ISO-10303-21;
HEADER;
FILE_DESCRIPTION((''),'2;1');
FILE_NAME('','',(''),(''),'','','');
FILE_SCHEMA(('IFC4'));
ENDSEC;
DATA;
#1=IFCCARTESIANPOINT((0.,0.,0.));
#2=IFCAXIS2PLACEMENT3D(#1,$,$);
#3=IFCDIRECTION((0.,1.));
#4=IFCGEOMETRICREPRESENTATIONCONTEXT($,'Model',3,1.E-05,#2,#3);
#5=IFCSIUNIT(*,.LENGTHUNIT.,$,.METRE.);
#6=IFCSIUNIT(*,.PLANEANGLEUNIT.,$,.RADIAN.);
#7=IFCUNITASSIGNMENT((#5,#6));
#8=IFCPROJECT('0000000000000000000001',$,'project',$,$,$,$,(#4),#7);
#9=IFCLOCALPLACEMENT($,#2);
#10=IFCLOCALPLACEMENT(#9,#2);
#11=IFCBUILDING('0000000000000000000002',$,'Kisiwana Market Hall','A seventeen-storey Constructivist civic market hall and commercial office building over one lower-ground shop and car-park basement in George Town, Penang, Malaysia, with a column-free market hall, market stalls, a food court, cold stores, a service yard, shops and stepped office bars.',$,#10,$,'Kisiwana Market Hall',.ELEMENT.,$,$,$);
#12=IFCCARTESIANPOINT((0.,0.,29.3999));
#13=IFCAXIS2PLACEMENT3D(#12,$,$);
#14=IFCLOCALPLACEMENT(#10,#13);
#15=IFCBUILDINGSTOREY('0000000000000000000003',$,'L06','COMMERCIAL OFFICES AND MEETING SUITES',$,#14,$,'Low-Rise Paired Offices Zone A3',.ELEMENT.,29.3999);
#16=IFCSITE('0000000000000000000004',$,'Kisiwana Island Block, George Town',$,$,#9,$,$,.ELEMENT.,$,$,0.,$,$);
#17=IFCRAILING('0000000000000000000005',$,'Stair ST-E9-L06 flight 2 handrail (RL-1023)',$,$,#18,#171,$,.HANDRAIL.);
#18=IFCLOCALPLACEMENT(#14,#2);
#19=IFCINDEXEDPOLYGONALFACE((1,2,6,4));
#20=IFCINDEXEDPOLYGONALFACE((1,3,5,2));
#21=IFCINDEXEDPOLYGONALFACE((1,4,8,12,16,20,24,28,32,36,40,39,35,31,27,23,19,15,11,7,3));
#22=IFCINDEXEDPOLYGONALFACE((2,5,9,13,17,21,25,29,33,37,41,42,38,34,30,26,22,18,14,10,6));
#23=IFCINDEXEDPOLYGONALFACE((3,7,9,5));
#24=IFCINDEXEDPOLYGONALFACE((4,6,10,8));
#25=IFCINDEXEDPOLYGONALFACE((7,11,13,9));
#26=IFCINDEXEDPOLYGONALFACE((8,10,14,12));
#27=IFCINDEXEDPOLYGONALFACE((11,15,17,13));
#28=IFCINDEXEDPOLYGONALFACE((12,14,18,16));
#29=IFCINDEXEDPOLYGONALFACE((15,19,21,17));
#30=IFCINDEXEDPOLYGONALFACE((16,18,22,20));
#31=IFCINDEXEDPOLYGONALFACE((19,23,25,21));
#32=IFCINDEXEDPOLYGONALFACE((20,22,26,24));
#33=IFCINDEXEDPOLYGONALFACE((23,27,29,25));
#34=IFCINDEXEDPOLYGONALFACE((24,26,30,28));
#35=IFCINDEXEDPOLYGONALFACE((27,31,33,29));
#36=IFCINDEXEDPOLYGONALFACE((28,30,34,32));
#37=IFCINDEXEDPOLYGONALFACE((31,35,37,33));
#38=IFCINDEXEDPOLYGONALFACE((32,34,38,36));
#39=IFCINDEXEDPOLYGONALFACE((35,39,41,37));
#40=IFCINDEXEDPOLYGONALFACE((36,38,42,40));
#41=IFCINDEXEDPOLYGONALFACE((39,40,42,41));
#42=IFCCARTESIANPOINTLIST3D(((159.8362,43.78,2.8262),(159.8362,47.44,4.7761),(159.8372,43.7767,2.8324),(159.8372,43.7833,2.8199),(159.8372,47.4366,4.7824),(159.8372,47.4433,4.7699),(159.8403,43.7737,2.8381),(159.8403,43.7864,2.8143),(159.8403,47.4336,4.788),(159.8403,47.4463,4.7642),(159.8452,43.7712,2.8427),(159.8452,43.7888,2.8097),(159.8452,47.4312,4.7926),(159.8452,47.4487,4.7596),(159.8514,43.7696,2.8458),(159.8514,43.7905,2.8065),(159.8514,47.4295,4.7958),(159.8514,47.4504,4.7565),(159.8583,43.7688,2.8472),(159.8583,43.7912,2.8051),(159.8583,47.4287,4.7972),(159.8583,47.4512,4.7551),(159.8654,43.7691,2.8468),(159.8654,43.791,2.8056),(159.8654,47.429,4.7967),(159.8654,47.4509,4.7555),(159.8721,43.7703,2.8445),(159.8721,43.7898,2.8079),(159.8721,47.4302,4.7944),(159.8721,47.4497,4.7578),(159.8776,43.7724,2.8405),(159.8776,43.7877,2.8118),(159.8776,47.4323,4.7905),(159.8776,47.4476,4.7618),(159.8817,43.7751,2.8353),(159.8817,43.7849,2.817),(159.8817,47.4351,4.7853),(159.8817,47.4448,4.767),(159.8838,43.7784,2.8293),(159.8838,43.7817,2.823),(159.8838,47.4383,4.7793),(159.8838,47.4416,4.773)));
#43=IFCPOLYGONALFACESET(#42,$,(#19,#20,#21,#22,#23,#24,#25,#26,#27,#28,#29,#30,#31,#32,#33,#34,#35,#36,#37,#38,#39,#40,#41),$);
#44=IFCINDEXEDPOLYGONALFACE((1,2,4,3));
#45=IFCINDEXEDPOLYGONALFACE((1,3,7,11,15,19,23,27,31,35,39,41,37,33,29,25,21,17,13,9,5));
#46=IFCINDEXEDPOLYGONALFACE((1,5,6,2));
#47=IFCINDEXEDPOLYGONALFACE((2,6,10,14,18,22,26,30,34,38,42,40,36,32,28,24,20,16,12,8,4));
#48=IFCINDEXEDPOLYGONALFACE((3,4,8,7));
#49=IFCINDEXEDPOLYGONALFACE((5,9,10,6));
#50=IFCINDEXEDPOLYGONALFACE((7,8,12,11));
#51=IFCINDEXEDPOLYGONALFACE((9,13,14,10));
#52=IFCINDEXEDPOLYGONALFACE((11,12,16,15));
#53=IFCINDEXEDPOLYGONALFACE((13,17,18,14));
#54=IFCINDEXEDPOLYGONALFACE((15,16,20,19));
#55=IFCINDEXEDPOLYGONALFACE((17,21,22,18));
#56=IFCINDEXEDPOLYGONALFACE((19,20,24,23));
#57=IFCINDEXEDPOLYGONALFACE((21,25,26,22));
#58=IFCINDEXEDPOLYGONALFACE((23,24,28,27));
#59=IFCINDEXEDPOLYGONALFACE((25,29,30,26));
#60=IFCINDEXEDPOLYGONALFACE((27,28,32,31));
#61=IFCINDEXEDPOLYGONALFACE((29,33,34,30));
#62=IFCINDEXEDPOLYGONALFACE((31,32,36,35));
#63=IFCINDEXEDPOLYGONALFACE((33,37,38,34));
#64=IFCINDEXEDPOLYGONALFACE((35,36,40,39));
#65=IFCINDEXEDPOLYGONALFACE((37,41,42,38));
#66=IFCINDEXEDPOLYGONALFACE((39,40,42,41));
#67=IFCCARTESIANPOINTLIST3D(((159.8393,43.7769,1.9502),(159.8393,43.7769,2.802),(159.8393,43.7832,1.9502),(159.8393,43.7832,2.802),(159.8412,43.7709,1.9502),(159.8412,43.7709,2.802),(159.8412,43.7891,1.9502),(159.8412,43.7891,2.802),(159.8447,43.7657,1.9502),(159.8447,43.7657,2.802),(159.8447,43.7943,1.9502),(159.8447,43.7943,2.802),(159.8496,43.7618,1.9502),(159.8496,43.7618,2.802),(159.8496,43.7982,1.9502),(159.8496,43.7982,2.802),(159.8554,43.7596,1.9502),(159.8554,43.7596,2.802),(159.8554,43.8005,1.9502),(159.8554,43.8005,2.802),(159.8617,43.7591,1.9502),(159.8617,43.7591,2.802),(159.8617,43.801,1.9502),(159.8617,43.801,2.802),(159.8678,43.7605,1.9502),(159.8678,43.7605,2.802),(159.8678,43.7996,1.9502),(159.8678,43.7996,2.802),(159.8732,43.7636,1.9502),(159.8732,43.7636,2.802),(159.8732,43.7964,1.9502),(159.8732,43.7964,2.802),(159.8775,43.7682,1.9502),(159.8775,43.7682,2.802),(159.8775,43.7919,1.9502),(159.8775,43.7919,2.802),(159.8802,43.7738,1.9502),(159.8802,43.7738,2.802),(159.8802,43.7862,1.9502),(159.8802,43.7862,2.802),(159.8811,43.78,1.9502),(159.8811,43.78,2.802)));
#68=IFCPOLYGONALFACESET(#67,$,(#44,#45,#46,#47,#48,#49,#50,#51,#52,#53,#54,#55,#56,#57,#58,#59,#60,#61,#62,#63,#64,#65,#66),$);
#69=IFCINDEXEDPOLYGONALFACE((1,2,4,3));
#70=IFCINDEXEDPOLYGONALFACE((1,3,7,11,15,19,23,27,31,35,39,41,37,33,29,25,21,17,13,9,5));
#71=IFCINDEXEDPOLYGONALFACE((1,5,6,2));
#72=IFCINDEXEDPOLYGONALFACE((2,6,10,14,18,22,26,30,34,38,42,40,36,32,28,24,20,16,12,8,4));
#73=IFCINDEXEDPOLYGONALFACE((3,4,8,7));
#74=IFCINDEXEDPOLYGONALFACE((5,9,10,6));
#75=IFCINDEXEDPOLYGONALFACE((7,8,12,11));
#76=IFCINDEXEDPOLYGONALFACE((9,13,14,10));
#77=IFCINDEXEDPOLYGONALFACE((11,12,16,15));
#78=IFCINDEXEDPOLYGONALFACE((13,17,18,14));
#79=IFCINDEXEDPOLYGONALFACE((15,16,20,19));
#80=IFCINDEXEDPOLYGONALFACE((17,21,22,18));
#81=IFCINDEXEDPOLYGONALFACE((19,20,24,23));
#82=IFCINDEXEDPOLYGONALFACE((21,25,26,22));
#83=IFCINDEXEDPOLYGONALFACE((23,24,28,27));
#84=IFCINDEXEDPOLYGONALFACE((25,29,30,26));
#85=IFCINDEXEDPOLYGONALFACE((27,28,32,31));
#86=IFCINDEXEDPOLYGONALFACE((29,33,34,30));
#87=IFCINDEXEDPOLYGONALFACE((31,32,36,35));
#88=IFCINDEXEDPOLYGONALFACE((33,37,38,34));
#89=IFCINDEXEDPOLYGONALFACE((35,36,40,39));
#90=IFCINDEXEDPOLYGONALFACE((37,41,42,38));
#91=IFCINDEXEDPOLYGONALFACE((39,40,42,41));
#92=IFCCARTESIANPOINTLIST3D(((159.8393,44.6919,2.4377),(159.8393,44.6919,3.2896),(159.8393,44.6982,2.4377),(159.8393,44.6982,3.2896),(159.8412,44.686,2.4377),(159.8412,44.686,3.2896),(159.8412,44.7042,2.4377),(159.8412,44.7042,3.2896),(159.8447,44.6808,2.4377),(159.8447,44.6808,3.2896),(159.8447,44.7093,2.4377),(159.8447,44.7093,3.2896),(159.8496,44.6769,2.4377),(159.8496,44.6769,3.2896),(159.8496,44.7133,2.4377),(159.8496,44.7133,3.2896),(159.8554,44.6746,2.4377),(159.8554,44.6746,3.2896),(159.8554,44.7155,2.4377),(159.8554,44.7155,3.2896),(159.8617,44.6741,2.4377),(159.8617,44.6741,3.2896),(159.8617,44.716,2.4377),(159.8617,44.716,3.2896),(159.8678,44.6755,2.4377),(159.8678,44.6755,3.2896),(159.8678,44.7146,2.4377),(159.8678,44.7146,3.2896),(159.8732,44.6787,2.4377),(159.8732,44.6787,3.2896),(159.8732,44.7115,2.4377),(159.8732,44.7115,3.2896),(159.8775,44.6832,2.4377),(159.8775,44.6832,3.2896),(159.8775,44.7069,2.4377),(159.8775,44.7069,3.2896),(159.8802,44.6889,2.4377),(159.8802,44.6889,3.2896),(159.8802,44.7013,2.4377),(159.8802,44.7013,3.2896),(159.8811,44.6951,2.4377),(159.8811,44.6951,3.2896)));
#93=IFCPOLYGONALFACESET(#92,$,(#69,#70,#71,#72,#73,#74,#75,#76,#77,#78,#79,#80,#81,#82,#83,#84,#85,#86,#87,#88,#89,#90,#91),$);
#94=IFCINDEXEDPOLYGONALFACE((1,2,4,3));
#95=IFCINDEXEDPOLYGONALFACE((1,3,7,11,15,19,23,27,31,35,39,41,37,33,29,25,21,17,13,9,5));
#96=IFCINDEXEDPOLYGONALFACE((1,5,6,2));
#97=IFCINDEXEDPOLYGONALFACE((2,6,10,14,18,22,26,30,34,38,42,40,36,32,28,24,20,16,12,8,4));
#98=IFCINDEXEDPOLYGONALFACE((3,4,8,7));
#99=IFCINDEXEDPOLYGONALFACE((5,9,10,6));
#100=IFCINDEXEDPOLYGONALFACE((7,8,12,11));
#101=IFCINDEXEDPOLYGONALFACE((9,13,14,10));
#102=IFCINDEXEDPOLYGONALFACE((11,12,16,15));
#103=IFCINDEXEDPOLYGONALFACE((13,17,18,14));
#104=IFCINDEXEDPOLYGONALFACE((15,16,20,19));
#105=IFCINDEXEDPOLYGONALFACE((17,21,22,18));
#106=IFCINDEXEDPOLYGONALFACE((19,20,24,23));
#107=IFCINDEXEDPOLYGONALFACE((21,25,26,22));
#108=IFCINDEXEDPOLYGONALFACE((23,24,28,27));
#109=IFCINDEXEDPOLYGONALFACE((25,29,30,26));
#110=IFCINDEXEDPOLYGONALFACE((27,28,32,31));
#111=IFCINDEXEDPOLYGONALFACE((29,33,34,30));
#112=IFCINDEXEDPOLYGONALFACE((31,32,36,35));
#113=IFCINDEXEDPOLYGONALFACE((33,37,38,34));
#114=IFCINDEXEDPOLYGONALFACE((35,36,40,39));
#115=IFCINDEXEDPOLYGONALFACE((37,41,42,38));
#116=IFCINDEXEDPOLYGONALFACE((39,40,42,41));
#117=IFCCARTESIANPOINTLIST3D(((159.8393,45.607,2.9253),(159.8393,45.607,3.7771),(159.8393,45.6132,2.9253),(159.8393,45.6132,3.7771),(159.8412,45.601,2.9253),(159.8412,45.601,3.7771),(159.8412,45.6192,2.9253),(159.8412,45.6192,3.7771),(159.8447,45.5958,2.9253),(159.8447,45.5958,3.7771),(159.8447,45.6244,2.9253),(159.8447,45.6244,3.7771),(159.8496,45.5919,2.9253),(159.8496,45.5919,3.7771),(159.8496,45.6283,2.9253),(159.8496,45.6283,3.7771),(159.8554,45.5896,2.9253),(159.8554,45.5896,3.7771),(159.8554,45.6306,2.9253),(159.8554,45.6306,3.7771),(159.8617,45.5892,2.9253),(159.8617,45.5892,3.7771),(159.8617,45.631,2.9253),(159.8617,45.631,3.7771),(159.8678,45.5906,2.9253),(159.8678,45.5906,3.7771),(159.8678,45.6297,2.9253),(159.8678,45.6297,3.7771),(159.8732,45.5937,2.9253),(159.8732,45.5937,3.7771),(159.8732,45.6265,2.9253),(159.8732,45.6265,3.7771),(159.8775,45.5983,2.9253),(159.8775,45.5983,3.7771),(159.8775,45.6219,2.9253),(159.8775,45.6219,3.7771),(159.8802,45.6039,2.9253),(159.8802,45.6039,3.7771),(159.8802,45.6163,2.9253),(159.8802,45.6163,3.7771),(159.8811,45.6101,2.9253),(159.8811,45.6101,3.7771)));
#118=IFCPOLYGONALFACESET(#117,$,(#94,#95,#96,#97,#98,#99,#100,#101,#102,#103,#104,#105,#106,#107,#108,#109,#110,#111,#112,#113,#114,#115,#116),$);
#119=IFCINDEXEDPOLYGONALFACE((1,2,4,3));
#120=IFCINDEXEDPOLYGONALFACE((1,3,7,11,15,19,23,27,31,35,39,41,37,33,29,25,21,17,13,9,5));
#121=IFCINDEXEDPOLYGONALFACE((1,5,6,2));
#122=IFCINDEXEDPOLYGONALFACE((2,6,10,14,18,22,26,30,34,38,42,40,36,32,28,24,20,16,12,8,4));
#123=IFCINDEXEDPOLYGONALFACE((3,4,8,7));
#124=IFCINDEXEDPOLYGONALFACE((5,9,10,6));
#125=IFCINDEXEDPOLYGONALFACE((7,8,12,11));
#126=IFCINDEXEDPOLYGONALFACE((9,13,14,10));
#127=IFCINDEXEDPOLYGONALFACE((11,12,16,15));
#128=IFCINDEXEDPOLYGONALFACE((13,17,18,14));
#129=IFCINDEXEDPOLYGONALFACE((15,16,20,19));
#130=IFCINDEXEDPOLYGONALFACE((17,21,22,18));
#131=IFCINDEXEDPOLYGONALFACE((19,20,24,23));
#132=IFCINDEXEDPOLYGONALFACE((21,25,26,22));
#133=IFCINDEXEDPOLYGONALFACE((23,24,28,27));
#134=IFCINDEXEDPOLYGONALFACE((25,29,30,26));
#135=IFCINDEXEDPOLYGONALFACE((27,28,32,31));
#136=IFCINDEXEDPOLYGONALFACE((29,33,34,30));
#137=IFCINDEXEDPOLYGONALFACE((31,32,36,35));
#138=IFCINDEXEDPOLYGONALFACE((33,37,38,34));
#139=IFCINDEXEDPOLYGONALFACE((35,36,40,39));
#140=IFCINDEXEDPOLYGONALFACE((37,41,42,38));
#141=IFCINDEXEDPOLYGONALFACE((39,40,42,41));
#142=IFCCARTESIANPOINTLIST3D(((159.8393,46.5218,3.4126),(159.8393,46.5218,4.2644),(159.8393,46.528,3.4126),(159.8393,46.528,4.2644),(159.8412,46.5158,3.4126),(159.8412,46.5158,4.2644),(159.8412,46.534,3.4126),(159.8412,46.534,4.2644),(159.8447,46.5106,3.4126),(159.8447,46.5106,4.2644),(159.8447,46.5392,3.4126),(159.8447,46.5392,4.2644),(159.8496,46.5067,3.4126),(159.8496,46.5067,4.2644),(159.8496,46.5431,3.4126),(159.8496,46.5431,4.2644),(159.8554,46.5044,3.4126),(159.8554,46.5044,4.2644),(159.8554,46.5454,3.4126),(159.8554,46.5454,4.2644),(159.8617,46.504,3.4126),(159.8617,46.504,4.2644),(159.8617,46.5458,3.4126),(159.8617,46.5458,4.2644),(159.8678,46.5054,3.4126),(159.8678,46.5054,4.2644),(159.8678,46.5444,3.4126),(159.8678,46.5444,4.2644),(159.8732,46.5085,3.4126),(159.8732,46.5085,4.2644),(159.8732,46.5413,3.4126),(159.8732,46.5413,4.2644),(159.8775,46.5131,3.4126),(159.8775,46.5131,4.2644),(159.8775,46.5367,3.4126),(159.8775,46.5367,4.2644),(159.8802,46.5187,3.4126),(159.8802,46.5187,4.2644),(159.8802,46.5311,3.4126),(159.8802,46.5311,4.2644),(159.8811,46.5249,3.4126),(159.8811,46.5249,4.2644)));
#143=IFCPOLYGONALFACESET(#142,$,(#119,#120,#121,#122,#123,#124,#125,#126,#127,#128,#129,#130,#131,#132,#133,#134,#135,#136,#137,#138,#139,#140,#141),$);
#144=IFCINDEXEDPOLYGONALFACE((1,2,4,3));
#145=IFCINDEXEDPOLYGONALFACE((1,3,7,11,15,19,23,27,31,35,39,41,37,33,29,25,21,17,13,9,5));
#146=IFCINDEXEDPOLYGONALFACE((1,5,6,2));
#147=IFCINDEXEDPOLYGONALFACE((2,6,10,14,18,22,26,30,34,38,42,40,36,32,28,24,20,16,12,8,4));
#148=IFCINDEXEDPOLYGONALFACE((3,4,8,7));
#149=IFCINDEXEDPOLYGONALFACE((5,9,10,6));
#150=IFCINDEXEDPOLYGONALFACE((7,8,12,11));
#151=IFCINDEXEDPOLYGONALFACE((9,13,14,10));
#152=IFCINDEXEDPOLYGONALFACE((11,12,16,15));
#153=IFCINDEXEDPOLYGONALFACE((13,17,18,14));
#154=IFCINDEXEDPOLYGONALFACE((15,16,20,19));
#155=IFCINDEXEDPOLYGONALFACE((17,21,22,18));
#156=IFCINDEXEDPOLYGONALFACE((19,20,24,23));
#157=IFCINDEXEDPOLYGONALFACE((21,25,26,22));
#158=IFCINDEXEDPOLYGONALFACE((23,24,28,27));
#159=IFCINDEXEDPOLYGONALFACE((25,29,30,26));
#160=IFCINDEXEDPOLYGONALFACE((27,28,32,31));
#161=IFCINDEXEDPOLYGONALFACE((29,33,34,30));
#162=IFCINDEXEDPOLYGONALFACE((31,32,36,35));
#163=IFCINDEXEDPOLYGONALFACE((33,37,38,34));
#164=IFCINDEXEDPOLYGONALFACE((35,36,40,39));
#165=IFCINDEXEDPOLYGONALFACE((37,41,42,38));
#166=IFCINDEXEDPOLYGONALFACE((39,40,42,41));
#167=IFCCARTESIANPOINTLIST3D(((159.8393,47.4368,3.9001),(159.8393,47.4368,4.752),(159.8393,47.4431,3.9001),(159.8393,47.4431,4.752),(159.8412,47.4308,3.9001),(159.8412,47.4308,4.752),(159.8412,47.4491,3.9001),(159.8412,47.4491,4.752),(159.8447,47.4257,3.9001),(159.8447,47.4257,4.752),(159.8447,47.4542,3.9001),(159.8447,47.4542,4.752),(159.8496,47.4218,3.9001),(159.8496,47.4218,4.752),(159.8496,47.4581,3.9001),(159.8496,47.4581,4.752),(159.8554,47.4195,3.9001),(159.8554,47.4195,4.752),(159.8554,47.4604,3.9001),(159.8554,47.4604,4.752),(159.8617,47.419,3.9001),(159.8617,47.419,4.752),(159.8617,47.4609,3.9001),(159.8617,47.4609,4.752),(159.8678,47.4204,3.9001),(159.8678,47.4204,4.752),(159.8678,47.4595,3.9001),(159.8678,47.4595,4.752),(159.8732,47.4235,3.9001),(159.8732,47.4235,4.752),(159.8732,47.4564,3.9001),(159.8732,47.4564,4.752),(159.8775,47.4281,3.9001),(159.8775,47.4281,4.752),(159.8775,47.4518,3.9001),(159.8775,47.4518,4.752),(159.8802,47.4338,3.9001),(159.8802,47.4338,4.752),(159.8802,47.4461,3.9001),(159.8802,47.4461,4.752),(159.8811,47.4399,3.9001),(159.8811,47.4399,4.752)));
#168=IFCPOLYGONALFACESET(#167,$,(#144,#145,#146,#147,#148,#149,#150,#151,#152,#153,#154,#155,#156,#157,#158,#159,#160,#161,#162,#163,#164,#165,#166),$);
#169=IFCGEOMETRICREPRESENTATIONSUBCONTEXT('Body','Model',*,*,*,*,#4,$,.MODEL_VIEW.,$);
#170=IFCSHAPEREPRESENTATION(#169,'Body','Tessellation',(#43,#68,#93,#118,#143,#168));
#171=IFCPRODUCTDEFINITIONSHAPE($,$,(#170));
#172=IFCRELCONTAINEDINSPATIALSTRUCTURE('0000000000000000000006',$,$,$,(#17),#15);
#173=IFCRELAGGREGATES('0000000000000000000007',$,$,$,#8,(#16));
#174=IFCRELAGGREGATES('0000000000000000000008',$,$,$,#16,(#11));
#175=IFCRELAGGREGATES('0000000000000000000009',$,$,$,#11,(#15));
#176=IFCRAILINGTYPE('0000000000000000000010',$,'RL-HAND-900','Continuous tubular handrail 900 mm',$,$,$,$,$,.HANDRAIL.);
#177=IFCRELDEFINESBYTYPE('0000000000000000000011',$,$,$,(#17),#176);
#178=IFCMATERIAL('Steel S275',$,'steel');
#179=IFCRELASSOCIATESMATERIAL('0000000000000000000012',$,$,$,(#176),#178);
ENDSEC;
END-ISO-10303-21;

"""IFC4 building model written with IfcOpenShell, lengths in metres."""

from ifc_helpers import new_model, si_unit, direction, frame, origin, origin_2d, place, context, subcontext, project, spatial, circle, extrude, material, type_object, element, save


model = new_model("IFC4")

# Units and contexts
model_context = context("Model", 3, precision=1e-05, world=origin(), true_north=direction((0.0, 1.0)))
body_context = subcontext(model_context, "Body", "Model", "MODEL_VIEW")
ifc_project = project(units=[si_unit("LENGTHUNIT", "METRE"), si_unit("PLANEANGLEUNIT", "RADIAN")], contexts=[model_context])

# Site, building, storey
site_placement = place(None, origin())
site = spatial("IfcSite", under=ifc_project, at=site_placement, Name="Kisiwana Island Block, George Town", CompositionType="ELEMENT", RefElevation=0.0)
building_placement = place(site_placement, origin())
building = spatial("IfcBuilding", under=site, at=building_placement, Name="Kisiwana Market Hall", Description="A seventeen-storey Constructivist civic market hall and commercial office building over one lower-ground shop and car-park basement in George Town, Penang, Malaysia, with a column-free market hall, market stalls, a food court, cold stores, a service yard, shops and stepped office bars.", LongName="Kisiwana Market Hall", CompositionType="ELEMENT")
storey_placement = place(building_placement, frame((0.0, 0.0, 29.3999)))
storey = spatial("IfcBuildingStorey", under=building, at=storey_placement, Name="L06", Description="COMMERCIAL OFFICES AND MEETING SUITES", LongName="Low-Rise Paired Offices Zone A3", CompositionType="ELEMENT", Elevation=29.3999)

# Railing
ifc_material_1 = material(Name="Steel S275", Category="steel")
railing_type_1 = type_object("IfcRailingType", Name="RL-HAND-900", Description="Continuous tubular handrail 900 mm", PredefinedType="HANDRAIL", material=ifc_material_1)
railing_1_placement = place(storey_placement, frame((159.8601, 43.78, 1.9502)))
element("IfcRailing", 1, at=railing_1_placement, inside=storey, type_object=railing_type_1, Name="Stair ST-E9-L06 flight 2 handrail (RL-1023)", PredefinedType="HANDRAIL", context=body_context, shape_type="SweptSolid", body=[
    extrude(circle(Radius=0.0239, at=origin_2d()), frame((0.0, 0.0, 0.876), z_axis=(0.0, 0.882553, 0.470212), x_axis=(-1.0, 0.0, 0.0)), (0.0, 0.0, 1.0), 4.147),
    extrude(circle(Radius=0.021, at=origin_2d()), origin(), (0.0, 0.0, 1.0), 0.8518),
    extrude(circle(Radius=0.021, at=origin_2d()), frame((0.0, 0.915, 0.4875)), (0.0, 0.0, 1.0), 0.8518),
    extrude(circle(Radius=0.021, at=origin_2d()), frame((0.0, 1.8301, 0.9751)), (0.0, 0.0, 1.0), 0.8518),
    extrude(circle(Radius=0.021, at=origin_2d()), frame((0.0, 2.7449, 1.4624)), (0.0, 0.0, 1.0), 0.8518),
    extrude(circle(Radius=0.021, at=origin_2d()), frame((0.0, 3.6599, 1.95)), (0.0, 0.0, 1.0), 0.8518),
])

save(model, "model.ifc")
